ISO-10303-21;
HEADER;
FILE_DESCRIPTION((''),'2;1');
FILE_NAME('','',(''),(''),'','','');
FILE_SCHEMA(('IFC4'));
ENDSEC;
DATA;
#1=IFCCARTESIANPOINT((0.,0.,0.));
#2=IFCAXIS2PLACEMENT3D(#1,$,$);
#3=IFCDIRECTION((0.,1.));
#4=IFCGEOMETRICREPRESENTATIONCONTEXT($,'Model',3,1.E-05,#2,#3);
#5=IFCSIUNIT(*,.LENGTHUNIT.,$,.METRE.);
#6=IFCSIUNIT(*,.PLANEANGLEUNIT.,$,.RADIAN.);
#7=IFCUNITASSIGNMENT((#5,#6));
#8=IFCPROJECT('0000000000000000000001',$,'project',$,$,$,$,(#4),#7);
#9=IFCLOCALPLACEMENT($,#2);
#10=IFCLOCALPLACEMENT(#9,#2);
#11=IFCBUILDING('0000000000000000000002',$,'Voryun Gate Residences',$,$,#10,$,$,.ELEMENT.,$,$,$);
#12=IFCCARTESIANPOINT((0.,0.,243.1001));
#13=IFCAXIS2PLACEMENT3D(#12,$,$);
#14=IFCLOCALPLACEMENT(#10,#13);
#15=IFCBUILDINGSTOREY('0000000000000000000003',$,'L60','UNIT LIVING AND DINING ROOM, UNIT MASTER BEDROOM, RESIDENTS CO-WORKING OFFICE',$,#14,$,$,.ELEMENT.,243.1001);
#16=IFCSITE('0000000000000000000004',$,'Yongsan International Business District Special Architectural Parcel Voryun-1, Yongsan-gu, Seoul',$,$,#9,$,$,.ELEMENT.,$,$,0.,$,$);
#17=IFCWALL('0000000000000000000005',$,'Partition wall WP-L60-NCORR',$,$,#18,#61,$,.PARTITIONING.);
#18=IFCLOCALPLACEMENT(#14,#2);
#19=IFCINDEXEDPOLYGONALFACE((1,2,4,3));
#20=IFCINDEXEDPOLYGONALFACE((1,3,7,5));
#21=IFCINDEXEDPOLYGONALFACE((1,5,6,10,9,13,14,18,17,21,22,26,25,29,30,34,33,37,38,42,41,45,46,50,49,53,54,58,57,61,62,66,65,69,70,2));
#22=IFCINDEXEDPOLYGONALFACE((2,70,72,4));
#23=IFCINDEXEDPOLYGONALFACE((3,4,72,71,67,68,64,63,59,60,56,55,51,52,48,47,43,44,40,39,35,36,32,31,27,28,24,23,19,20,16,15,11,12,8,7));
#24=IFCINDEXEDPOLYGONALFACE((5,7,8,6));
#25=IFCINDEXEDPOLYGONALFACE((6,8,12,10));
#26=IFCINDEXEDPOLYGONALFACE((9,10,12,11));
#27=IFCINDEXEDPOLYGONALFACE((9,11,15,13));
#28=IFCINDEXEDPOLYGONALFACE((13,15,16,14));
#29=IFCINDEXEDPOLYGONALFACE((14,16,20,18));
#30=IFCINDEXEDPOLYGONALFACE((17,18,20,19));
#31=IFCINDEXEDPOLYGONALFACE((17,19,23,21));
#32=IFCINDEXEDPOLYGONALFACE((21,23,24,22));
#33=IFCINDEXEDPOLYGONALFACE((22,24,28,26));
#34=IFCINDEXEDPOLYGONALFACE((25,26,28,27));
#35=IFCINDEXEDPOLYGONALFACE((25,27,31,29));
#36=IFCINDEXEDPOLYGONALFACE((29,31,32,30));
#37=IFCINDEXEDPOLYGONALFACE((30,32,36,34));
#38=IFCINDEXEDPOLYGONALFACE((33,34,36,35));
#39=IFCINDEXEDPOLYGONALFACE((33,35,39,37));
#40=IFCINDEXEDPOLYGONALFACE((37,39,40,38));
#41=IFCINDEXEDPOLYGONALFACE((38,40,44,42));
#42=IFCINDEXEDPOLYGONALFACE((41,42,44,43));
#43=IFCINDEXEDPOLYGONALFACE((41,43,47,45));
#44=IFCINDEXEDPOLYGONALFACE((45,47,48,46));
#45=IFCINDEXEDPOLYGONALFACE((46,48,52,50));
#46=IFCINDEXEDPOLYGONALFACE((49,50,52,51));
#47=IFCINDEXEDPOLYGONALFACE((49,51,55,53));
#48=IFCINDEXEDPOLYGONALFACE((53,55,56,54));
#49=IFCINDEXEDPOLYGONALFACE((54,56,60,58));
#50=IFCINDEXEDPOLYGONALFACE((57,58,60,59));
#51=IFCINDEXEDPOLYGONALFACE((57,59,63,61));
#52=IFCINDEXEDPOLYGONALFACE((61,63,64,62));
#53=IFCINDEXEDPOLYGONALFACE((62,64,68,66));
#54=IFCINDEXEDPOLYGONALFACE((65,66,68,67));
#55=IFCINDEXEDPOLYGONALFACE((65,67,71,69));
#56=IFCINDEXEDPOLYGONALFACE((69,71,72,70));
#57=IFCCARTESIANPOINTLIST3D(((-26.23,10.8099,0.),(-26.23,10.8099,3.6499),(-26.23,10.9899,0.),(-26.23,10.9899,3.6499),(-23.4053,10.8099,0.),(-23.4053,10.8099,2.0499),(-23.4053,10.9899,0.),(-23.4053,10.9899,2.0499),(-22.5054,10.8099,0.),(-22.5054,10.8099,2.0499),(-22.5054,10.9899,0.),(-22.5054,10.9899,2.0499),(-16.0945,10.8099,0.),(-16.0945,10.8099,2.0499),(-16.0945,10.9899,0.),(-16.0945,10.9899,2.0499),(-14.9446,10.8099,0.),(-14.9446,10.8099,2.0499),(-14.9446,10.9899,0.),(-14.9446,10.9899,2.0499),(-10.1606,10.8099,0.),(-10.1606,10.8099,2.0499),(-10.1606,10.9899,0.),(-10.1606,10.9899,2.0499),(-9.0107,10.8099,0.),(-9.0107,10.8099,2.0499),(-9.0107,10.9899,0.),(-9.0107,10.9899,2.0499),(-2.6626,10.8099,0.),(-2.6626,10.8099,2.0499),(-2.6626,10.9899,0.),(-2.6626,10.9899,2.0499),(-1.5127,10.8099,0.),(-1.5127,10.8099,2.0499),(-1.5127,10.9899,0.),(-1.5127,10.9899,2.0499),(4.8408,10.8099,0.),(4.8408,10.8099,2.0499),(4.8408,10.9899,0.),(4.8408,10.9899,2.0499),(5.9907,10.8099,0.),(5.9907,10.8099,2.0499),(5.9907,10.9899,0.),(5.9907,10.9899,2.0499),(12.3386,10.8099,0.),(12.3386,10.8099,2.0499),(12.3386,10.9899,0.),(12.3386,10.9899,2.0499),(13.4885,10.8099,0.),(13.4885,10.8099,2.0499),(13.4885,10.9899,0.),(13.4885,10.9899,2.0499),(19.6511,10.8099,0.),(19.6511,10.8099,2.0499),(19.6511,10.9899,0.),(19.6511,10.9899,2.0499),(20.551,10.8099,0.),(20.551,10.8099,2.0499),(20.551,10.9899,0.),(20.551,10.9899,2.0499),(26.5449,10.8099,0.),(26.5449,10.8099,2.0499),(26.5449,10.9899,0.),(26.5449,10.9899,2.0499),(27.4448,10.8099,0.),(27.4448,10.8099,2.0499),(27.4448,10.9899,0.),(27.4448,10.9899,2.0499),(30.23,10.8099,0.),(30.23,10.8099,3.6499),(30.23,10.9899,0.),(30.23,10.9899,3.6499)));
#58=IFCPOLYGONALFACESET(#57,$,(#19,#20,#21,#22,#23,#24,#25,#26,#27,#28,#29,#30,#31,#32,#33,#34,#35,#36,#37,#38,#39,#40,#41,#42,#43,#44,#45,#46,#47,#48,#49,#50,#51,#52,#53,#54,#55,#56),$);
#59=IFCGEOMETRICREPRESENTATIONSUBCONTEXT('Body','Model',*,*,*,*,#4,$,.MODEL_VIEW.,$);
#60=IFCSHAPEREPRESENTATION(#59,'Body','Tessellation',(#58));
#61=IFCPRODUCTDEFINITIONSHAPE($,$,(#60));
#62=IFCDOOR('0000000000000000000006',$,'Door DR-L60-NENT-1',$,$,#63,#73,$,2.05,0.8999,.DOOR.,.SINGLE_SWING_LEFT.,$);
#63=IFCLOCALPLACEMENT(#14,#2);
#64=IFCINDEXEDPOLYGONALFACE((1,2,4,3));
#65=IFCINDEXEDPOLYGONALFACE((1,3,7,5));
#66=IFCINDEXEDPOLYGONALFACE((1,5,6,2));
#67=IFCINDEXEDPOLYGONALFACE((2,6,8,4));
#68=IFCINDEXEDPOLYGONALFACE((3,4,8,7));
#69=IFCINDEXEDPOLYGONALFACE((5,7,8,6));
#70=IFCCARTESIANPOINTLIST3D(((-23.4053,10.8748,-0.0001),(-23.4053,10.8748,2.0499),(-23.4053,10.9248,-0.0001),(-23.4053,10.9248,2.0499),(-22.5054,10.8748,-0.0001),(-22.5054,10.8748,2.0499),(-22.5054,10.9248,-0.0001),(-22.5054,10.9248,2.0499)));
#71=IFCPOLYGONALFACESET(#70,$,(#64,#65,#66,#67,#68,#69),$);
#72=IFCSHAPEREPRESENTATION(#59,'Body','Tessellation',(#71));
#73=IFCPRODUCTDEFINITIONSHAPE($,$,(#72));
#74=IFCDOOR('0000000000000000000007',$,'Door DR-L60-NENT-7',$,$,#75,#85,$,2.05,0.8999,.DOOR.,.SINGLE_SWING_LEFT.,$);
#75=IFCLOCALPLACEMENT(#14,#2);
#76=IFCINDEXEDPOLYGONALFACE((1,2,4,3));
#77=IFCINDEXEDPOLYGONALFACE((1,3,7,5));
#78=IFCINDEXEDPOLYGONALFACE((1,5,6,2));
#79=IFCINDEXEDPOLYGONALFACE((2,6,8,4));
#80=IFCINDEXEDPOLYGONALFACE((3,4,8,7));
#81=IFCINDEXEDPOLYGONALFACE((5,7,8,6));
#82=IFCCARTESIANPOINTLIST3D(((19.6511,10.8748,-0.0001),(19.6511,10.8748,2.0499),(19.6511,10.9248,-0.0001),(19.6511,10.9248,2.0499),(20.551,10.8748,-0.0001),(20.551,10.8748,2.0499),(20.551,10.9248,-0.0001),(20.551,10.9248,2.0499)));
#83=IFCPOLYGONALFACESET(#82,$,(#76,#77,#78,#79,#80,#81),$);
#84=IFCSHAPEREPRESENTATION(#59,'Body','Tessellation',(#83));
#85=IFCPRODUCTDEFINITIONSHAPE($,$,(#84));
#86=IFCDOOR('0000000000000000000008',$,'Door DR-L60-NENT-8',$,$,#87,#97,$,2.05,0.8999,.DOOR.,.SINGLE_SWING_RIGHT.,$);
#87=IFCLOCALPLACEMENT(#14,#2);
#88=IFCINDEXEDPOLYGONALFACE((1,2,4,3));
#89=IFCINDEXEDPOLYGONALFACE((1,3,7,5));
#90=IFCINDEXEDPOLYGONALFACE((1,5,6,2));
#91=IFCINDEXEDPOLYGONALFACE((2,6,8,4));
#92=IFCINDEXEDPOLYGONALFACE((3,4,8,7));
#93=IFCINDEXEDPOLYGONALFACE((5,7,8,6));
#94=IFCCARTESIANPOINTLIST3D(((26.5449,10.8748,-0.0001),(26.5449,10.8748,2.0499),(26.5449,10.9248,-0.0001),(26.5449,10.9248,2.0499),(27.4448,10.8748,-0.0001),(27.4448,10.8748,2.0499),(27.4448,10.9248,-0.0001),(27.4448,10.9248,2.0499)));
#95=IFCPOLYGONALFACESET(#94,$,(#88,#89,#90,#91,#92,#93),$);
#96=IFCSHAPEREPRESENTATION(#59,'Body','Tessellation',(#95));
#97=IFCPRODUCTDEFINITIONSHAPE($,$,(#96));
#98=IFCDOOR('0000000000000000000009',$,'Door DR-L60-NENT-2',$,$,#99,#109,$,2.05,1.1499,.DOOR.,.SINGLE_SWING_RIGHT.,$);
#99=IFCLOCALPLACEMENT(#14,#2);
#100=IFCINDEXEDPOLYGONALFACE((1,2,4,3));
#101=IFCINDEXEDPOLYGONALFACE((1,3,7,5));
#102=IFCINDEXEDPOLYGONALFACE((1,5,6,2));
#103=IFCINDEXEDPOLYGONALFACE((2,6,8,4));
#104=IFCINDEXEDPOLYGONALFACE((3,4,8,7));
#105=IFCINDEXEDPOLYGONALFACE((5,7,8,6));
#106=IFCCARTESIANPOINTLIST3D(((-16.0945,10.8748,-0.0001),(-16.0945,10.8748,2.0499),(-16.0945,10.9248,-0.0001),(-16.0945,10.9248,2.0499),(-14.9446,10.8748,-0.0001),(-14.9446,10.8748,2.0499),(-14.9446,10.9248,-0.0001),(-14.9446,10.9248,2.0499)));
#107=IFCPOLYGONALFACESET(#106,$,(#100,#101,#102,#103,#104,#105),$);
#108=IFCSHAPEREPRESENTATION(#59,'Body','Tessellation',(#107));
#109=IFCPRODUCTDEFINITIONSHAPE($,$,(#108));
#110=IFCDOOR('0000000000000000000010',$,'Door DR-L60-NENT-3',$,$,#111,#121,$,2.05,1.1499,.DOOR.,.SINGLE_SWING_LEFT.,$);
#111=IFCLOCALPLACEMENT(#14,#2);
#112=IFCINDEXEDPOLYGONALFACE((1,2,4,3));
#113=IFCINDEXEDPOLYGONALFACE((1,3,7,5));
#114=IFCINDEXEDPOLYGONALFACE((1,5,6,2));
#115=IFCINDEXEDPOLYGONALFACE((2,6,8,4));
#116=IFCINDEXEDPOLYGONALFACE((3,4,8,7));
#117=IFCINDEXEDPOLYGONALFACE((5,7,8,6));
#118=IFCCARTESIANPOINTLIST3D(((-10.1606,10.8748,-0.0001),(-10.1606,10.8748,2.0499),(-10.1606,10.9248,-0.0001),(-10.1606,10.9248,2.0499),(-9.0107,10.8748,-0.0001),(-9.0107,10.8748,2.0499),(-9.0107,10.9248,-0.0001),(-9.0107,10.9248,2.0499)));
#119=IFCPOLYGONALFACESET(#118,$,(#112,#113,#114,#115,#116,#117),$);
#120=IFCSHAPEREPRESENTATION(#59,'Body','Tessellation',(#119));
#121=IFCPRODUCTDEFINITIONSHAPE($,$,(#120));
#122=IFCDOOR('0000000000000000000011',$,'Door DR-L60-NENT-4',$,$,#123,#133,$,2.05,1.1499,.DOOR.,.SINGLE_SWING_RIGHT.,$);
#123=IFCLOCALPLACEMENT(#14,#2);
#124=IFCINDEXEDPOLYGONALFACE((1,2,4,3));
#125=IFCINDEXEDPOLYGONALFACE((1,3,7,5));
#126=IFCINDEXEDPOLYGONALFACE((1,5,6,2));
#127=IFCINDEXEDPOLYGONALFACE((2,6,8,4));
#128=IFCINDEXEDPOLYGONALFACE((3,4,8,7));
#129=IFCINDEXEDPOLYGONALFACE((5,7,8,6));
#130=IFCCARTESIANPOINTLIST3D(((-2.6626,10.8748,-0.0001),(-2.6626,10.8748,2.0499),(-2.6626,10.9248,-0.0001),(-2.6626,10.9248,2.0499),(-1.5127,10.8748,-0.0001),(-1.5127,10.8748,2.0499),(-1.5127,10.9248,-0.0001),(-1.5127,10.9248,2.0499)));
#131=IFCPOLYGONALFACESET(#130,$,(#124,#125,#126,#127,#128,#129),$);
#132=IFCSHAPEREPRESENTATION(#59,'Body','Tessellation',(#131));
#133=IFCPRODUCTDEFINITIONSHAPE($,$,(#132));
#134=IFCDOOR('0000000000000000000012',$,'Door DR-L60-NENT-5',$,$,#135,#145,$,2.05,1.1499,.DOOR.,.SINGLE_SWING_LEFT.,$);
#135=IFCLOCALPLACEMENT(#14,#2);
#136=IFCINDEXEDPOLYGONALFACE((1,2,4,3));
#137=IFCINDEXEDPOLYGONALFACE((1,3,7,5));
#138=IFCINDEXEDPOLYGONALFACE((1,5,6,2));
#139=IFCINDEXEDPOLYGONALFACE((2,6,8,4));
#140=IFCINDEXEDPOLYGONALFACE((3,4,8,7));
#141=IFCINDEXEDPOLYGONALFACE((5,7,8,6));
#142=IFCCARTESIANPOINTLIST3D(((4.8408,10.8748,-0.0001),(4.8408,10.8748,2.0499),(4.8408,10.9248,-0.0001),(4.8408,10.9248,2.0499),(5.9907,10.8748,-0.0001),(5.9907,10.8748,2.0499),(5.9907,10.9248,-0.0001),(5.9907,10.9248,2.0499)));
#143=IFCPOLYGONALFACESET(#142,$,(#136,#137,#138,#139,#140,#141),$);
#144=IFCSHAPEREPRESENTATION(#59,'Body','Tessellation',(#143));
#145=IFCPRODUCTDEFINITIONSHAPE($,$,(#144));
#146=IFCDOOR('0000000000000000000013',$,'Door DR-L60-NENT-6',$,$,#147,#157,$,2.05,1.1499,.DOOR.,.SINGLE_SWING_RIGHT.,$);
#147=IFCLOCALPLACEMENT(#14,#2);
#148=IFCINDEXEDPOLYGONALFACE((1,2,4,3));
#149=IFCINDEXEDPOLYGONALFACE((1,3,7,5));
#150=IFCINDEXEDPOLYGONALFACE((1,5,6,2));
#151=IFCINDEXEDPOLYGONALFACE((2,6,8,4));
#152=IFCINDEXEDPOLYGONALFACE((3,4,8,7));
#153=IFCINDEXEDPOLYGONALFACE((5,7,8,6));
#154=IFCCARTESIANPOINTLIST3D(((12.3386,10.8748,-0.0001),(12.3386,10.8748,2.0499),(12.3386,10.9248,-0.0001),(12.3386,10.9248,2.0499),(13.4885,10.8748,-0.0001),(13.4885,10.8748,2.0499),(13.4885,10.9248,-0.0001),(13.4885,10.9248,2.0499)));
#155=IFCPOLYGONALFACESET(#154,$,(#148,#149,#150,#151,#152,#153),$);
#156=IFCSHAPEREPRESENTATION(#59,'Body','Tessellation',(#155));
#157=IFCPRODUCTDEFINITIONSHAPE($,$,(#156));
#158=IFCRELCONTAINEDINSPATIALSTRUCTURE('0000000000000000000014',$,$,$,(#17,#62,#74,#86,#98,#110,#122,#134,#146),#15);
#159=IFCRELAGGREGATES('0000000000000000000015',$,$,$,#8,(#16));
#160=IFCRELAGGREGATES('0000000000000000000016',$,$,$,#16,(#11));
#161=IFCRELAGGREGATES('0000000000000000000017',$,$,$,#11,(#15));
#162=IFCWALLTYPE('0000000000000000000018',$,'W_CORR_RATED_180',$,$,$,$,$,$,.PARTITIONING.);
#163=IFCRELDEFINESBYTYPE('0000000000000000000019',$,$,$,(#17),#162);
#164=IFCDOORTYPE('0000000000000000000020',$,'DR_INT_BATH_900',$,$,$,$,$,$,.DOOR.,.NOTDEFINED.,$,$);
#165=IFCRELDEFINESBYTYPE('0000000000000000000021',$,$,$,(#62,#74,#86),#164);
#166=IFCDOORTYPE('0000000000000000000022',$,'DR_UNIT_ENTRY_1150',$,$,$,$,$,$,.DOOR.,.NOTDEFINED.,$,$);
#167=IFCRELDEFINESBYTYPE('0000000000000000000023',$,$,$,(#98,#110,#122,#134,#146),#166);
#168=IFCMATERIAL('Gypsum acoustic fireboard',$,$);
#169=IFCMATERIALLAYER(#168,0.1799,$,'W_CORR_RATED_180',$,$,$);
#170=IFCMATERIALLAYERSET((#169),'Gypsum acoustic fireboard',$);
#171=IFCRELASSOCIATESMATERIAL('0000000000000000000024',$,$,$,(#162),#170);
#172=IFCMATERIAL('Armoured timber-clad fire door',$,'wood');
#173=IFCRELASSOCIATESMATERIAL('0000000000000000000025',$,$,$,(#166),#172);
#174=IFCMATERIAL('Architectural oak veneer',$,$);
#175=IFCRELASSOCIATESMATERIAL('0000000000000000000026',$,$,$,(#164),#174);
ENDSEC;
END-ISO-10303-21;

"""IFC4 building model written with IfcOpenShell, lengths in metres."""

from ifc_helpers import new_model, si_unit, direction, frame, frame_2d, origin, place, context, subcontext, project, spatial, rectangle, extrude, material, layer, layer_set, type_object, element, fill, save


model = new_model("IFC4")

# Units and contexts
model_context = context("Model", 3, precision=1e-05, world=origin(), true_north=direction((0.0, 1.0)))
body_context = subcontext(model_context, "Body", "Model", "MODEL_VIEW")
ifc_project = project(units=[si_unit("LENGTHUNIT", "METRE"), si_unit("PLANEANGLEUNIT", "RADIAN")], contexts=[model_context])

# Site, building, storey
site_placement = place(None, origin())
site = spatial("IfcSite", under=ifc_project, at=site_placement, Name="Yongsan International Business District Special Architectural Parcel Voryun-1, Yongsan-gu, Seoul", CompositionType="ELEMENT", RefElevation=0.0)
building_placement = place(site_placement, origin())
building = spatial("IfcBuilding", under=site, at=building_placement, Name="Voryun Gate Residences", CompositionType="ELEMENT")
storey_placement = place(building_placement, frame((0.0, 0.0, 243.1001)))
storey = spatial("IfcBuildingStorey", under=building, at=storey_placement, Name="L60", Description="UNIT LIVING AND DINING ROOM, UNIT MASTER BEDROOM, RESIDENTS CO-WORKING OFFICE", CompositionType="ELEMENT", Elevation=243.1001)

# Shared definitions
ifc_material_1 = material(Name="Gypsum acoustic fireboard")
ifc_layer_1 = layer(ifc_material_1, 0.1799, Name="W_CORR_RATED_180")
ifc_layer_set_1 = layer_set([ifc_layer_1], Name="Gypsum acoustic fireboard")
wall_type_1 = type_object("IfcWallType", Name="W_CORR_RATED_180", PredefinedType="PARTITIONING", material=ifc_layer_set_1)
ifc_material_2 = material(Name="Armoured timber-clad fire door", Category="wood")
door_type_1 = type_object("IfcDoorType", Name="DR_UNIT_ENTRY_1150", OperationType="NOTDEFINED", PredefinedType="DOOR", material=ifc_material_2)

# Wall, openings, doors
wall_1_placement = place(storey_placement, frame((-26.23, 10.8999, 0.0), z_axis=(0.0, 0.0, 1.0), x_axis=(1.0, 0.0, 0.0)))
wall_1 = element("IfcWall", 1, at=wall_1_placement, inside=storey, type_object=wall_type_1, Name="Partition wall WP-L60-NCORR", PredefinedType="PARTITIONING", context=body_context, shape_type="SweptSolid", body=[
    extrude(rectangle(XDim=56.46, YDim=0.1799, at=frame_2d((28.23, 0.0))), origin(), (0.0, 0.0, 1.0), 3.6499),
])
opening_1_placement = place(wall_1_placement, frame((2.8247, 0.0, 0.0)))
opening_1 = element("IfcOpeningElement", 2, at=opening_1_placement, cuts=wall_1, PredefinedType="OPENING", context=body_context, shape_type="SweptSolid", body=[
    extrude(rectangle(XDim=0.8999, YDim=2.05, at=frame_2d((0.45, 1.0249))), frame((0.0, 0.0999, 0.0), z_axis=(0.0, -1.0, 0.0), x_axis=(1.0, 0.0, 0.0)), (0.0, 0.0, 1.0), 0.2),
])
opening_2_placement = place(wall_1_placement, frame((10.1355, 0.0, 0.0)))
opening_2 = element("IfcOpeningElement", 3, at=opening_2_placement, cuts=wall_1, PredefinedType="OPENING", context=body_context, shape_type="SweptSolid", body=[
    extrude(rectangle(XDim=1.1499, YDim=2.05, at=frame_2d((0.575, 1.0249))), frame((0.0, 0.0999, 0.0), z_axis=(0.0, -1.0, 0.0), x_axis=(1.0, 0.0, 0.0)), (0.0, 0.0, 1.0), 0.2),
])
opening_3_placement = place(wall_1_placement, frame((16.0693, 0.0, 0.0)))
opening_3 = element("IfcOpeningElement", 4, at=opening_3_placement, cuts=wall_1, PredefinedType="OPENING", context=body_context, shape_type="SweptSolid", body=[
    extrude(rectangle(XDim=1.1499, YDim=2.05, at=frame_2d((0.575, 1.0249))), frame((0.0, 0.0999, 0.0), z_axis=(0.0, -1.0, 0.0), x_axis=(1.0, 0.0, 0.0)), (0.0, 0.0, 1.0), 0.2),
])
opening_4_placement = place(wall_1_placement, frame((23.5674, 0.0, 0.0)))
opening_4 = element("IfcOpeningElement", 5, at=opening_4_placement, cuts=wall_1, PredefinedType="OPENING", context=body_context, shape_type="SweptSolid", body=[
    extrude(rectangle(XDim=1.1499, YDim=2.05, at=frame_2d((0.575, 1.0249))), frame((0.0, 0.0999, 0.0), z_axis=(0.0, -1.0, 0.0), x_axis=(1.0, 0.0, 0.0)), (0.0, 0.0, 1.0), 0.2),
])
opening_5_placement = place(wall_1_placement, frame((31.0708, 0.0, 0.0)))
opening_5 = element("IfcOpeningElement", 6, at=opening_5_placement, cuts=wall_1, PredefinedType="OPENING", context=body_context, shape_type="SweptSolid", body=[
    extrude(rectangle(XDim=1.1499, YDim=2.05, at=frame_2d((0.575, 1.0249))), frame((0.0, 0.0999, 0.0), z_axis=(0.0, -1.0, 0.0), x_axis=(1.0, 0.0, 0.0)), (0.0, 0.0, 1.0), 0.2),
])
opening_6_placement = place(wall_1_placement, frame((38.5686, 0.0, 0.0)))
opening_6 = element("IfcOpeningElement", 7, at=opening_6_placement, cuts=wall_1, PredefinedType="OPENING", context=body_context, shape_type="SweptSolid", body=[
    extrude(rectangle(XDim=1.1499, YDim=2.05, at=frame_2d((0.575, 1.0249))), frame((0.0, 0.0999, 0.0), z_axis=(0.0, -1.0, 0.0), x_axis=(1.0, 0.0, 0.0)), (0.0, 0.0, 1.0), 0.2),
])
opening_7_placement = place(wall_1_placement, frame((45.8811, 0.0, 0.0)))
opening_7 = element("IfcOpeningElement", 8, at=opening_7_placement, cuts=wall_1, PredefinedType="OPENING", context=body_context, shape_type="SweptSolid", body=[
    extrude(rectangle(XDim=0.8999, YDim=2.05, at=frame_2d((0.45, 1.0249))), frame((0.0, 0.0999, 0.0), z_axis=(0.0, -1.0, 0.0), x_axis=(1.0, 0.0, 0.0)), (0.0, 0.0, 1.0), 0.2),
])
opening_8_placement = place(wall_1_placement, frame((52.7749, 0.0, 0.0)))
opening_8 = element("IfcOpeningElement", 9, at=opening_8_placement, cuts=wall_1, PredefinedType="OPENING", context=body_context, shape_type="SweptSolid", body=[
    extrude(rectangle(XDim=0.8999, YDim=2.05, at=frame_2d((0.45, 1.0249))), frame((0.0, 0.0999, 0.0), z_axis=(0.0, -1.0, 0.0), x_axis=(1.0, 0.0, 0.0)), (0.0, 0.0, 1.0), 0.2),
])
ifc_material_3 = material(Name="Architectural oak veneer")
door_type_2 = type_object("IfcDoorType", Name="DR_INT_BATH_900", OperationType="NOTDEFINED", PredefinedType="DOOR", material=ifc_material_3)
door_1_placement = place(opening_1_placement, origin())
door_1 = element("IfcDoor", 10, at=door_1_placement, inside=storey, type_object=door_type_2, Name="Door DR-L60-NENT-1", OperationType="SINGLE_SWING_LEFT", OverallHeight=2.05, OverallWidth=0.8999, PredefinedType="DOOR", context=body_context, shape_type="SweptSolid", body=[
    extrude(rectangle(XDim=0.8999, YDim=2.05, at=frame_2d((0.45, 1.0249))), frame((0.0, 0.0249, 0.0), z_axis=(0.0, -1.0, 0.0), x_axis=(1.0, 0.0, 0.0)), (0.0, 0.0, 1.0), 0.05),
])
fill(opening_1, door_1)
door_2_placement = place(opening_7_placement, origin())
door_2 = element("IfcDoor", 11, at=door_2_placement, inside=storey, type_object=door_type_2, Name="Door DR-L60-NENT-7", OperationType="SINGLE_SWING_LEFT", OverallHeight=2.05, OverallWidth=0.8999, PredefinedType="DOOR", context=body_context, shape_type="SweptSolid", body=[
    extrude(rectangle(XDim=0.8999, YDim=2.05, at=frame_2d((0.45, 1.0249))), frame((0.0, 0.0249, 0.0), z_axis=(0.0, -1.0, 0.0), x_axis=(1.0, 0.0, 0.0)), (0.0, 0.0, 1.0), 0.05),
])
fill(opening_7, door_2)
door_3_placement = place(opening_8_placement, origin())
door_3 = element("IfcDoor", 12, at=door_3_placement, inside=storey, type_object=door_type_2, Name="Door DR-L60-NENT-8", OperationType="SINGLE_SWING_RIGHT", OverallHeight=2.05, OverallWidth=0.8999, PredefinedType="DOOR", context=body_context, shape_type="SweptSolid", body=[
    extrude(rectangle(XDim=0.8999, YDim=2.05, at=frame_2d((0.45, 1.0249))), frame((0.0, 0.0249, 0.0), z_axis=(0.0, -1.0, 0.0), x_axis=(1.0, 0.0, 0.0)), (0.0, 0.0, 1.0), 0.05),
])
fill(opening_8, door_3)
door_4_placement = place(opening_2_placement, origin())
door_4 = element("IfcDoor", 13, at=door_4_placement, inside=storey, type_object=door_type_1, Name="Door DR-L60-NENT-2", OperationType="SINGLE_SWING_RIGHT", OverallHeight=2.05, OverallWidth=1.1499, PredefinedType="DOOR", context=body_context, shape_type="SweptSolid", body=[
    extrude(rectangle(XDim=1.1499, YDim=2.05, at=frame_2d((0.575, 1.0249))), frame((0.0, 0.0249, 0.0), z_axis=(0.0, -1.0, 0.0), x_axis=(1.0, 0.0, 0.0)), (0.0, 0.0, 1.0), 0.05),
])
fill(opening_2, door_4)
door_5_placement = place(opening_3_placement, origin())
door_5 = element("IfcDoor", 14, at=door_5_placement, inside=storey, type_object=door_type_1, Name="Door DR-L60-NENT-3", OperationType="SINGLE_SWING_LEFT", OverallHeight=2.05, OverallWidth=1.1499, PredefinedType="DOOR", context=body_context, shape_type="SweptSolid", body=[
    extrude(rectangle(XDim=1.1499, YDim=2.05, at=frame_2d((0.575, 1.0249))), frame((0.0, 0.0249, 0.0), z_axis=(0.0, -1.0, 0.0), x_axis=(1.0, 0.0, 0.0)), (0.0, 0.0, 1.0), 0.05),
])
fill(opening_3, door_5)
door_6_placement = place(opening_4_placement, origin())
door_6 = element("IfcDoor", 15, at=door_6_placement, inside=storey, type_object=door_type_1, Name="Door DR-L60-NENT-4", OperationType="SINGLE_SWING_RIGHT", OverallHeight=2.05, OverallWidth=1.1499, PredefinedType="DOOR", context=body_context, shape_type="SweptSolid", body=[
    extrude(rectangle(XDim=1.1499, YDim=2.05, at=frame_2d((0.575, 1.0249))), frame((0.0, 0.0249, 0.0), z_axis=(0.0, -1.0, 0.0), x_axis=(1.0, 0.0, 0.0)), (0.0, 0.0, 1.0), 0.05),
])
fill(opening_4, door_6)
door_7_placement = place(opening_5_placement, origin())
door_7 = element("IfcDoor", 16, at=door_7_placement, inside=storey, type_object=door_type_1, Name="Door DR-L60-NENT-5", OperationType="SINGLE_SWING_LEFT", OverallHeight=2.05, OverallWidth=1.1499, PredefinedType="DOOR", context=body_context, shape_type="SweptSolid", body=[
    extrude(rectangle(XDim=1.1499, YDim=2.05, at=frame_2d((0.575, 1.0249))), frame((0.0, 0.0249, 0.0), z_axis=(0.0, -1.0, 0.0), x_axis=(1.0, 0.0, 0.0)), (0.0, 0.0, 1.0), 0.05),
])
fill(opening_5, door_7)
door_8_placement = place(opening_6_placement, origin())
door_8 = element("IfcDoor", 17, at=door_8_placement, inside=storey, type_object=door_type_1, Name="Door DR-L60-NENT-6", OperationType="SINGLE_SWING_RIGHT", OverallHeight=2.05, OverallWidth=1.1499, PredefinedType="DOOR", context=body_context, shape_type="SweptSolid", body=[
    extrude(rectangle(XDim=1.1499, YDim=2.05, at=frame_2d((0.575, 1.0249))), frame((0.0, 0.0249, 0.0), z_axis=(0.0, -1.0, 0.0), x_axis=(1.0, 0.0, 0.0)), (0.0, 0.0, 1.0), 0.05),
])
fill(opening_6, door_8)

save(model, "model.ifc")
